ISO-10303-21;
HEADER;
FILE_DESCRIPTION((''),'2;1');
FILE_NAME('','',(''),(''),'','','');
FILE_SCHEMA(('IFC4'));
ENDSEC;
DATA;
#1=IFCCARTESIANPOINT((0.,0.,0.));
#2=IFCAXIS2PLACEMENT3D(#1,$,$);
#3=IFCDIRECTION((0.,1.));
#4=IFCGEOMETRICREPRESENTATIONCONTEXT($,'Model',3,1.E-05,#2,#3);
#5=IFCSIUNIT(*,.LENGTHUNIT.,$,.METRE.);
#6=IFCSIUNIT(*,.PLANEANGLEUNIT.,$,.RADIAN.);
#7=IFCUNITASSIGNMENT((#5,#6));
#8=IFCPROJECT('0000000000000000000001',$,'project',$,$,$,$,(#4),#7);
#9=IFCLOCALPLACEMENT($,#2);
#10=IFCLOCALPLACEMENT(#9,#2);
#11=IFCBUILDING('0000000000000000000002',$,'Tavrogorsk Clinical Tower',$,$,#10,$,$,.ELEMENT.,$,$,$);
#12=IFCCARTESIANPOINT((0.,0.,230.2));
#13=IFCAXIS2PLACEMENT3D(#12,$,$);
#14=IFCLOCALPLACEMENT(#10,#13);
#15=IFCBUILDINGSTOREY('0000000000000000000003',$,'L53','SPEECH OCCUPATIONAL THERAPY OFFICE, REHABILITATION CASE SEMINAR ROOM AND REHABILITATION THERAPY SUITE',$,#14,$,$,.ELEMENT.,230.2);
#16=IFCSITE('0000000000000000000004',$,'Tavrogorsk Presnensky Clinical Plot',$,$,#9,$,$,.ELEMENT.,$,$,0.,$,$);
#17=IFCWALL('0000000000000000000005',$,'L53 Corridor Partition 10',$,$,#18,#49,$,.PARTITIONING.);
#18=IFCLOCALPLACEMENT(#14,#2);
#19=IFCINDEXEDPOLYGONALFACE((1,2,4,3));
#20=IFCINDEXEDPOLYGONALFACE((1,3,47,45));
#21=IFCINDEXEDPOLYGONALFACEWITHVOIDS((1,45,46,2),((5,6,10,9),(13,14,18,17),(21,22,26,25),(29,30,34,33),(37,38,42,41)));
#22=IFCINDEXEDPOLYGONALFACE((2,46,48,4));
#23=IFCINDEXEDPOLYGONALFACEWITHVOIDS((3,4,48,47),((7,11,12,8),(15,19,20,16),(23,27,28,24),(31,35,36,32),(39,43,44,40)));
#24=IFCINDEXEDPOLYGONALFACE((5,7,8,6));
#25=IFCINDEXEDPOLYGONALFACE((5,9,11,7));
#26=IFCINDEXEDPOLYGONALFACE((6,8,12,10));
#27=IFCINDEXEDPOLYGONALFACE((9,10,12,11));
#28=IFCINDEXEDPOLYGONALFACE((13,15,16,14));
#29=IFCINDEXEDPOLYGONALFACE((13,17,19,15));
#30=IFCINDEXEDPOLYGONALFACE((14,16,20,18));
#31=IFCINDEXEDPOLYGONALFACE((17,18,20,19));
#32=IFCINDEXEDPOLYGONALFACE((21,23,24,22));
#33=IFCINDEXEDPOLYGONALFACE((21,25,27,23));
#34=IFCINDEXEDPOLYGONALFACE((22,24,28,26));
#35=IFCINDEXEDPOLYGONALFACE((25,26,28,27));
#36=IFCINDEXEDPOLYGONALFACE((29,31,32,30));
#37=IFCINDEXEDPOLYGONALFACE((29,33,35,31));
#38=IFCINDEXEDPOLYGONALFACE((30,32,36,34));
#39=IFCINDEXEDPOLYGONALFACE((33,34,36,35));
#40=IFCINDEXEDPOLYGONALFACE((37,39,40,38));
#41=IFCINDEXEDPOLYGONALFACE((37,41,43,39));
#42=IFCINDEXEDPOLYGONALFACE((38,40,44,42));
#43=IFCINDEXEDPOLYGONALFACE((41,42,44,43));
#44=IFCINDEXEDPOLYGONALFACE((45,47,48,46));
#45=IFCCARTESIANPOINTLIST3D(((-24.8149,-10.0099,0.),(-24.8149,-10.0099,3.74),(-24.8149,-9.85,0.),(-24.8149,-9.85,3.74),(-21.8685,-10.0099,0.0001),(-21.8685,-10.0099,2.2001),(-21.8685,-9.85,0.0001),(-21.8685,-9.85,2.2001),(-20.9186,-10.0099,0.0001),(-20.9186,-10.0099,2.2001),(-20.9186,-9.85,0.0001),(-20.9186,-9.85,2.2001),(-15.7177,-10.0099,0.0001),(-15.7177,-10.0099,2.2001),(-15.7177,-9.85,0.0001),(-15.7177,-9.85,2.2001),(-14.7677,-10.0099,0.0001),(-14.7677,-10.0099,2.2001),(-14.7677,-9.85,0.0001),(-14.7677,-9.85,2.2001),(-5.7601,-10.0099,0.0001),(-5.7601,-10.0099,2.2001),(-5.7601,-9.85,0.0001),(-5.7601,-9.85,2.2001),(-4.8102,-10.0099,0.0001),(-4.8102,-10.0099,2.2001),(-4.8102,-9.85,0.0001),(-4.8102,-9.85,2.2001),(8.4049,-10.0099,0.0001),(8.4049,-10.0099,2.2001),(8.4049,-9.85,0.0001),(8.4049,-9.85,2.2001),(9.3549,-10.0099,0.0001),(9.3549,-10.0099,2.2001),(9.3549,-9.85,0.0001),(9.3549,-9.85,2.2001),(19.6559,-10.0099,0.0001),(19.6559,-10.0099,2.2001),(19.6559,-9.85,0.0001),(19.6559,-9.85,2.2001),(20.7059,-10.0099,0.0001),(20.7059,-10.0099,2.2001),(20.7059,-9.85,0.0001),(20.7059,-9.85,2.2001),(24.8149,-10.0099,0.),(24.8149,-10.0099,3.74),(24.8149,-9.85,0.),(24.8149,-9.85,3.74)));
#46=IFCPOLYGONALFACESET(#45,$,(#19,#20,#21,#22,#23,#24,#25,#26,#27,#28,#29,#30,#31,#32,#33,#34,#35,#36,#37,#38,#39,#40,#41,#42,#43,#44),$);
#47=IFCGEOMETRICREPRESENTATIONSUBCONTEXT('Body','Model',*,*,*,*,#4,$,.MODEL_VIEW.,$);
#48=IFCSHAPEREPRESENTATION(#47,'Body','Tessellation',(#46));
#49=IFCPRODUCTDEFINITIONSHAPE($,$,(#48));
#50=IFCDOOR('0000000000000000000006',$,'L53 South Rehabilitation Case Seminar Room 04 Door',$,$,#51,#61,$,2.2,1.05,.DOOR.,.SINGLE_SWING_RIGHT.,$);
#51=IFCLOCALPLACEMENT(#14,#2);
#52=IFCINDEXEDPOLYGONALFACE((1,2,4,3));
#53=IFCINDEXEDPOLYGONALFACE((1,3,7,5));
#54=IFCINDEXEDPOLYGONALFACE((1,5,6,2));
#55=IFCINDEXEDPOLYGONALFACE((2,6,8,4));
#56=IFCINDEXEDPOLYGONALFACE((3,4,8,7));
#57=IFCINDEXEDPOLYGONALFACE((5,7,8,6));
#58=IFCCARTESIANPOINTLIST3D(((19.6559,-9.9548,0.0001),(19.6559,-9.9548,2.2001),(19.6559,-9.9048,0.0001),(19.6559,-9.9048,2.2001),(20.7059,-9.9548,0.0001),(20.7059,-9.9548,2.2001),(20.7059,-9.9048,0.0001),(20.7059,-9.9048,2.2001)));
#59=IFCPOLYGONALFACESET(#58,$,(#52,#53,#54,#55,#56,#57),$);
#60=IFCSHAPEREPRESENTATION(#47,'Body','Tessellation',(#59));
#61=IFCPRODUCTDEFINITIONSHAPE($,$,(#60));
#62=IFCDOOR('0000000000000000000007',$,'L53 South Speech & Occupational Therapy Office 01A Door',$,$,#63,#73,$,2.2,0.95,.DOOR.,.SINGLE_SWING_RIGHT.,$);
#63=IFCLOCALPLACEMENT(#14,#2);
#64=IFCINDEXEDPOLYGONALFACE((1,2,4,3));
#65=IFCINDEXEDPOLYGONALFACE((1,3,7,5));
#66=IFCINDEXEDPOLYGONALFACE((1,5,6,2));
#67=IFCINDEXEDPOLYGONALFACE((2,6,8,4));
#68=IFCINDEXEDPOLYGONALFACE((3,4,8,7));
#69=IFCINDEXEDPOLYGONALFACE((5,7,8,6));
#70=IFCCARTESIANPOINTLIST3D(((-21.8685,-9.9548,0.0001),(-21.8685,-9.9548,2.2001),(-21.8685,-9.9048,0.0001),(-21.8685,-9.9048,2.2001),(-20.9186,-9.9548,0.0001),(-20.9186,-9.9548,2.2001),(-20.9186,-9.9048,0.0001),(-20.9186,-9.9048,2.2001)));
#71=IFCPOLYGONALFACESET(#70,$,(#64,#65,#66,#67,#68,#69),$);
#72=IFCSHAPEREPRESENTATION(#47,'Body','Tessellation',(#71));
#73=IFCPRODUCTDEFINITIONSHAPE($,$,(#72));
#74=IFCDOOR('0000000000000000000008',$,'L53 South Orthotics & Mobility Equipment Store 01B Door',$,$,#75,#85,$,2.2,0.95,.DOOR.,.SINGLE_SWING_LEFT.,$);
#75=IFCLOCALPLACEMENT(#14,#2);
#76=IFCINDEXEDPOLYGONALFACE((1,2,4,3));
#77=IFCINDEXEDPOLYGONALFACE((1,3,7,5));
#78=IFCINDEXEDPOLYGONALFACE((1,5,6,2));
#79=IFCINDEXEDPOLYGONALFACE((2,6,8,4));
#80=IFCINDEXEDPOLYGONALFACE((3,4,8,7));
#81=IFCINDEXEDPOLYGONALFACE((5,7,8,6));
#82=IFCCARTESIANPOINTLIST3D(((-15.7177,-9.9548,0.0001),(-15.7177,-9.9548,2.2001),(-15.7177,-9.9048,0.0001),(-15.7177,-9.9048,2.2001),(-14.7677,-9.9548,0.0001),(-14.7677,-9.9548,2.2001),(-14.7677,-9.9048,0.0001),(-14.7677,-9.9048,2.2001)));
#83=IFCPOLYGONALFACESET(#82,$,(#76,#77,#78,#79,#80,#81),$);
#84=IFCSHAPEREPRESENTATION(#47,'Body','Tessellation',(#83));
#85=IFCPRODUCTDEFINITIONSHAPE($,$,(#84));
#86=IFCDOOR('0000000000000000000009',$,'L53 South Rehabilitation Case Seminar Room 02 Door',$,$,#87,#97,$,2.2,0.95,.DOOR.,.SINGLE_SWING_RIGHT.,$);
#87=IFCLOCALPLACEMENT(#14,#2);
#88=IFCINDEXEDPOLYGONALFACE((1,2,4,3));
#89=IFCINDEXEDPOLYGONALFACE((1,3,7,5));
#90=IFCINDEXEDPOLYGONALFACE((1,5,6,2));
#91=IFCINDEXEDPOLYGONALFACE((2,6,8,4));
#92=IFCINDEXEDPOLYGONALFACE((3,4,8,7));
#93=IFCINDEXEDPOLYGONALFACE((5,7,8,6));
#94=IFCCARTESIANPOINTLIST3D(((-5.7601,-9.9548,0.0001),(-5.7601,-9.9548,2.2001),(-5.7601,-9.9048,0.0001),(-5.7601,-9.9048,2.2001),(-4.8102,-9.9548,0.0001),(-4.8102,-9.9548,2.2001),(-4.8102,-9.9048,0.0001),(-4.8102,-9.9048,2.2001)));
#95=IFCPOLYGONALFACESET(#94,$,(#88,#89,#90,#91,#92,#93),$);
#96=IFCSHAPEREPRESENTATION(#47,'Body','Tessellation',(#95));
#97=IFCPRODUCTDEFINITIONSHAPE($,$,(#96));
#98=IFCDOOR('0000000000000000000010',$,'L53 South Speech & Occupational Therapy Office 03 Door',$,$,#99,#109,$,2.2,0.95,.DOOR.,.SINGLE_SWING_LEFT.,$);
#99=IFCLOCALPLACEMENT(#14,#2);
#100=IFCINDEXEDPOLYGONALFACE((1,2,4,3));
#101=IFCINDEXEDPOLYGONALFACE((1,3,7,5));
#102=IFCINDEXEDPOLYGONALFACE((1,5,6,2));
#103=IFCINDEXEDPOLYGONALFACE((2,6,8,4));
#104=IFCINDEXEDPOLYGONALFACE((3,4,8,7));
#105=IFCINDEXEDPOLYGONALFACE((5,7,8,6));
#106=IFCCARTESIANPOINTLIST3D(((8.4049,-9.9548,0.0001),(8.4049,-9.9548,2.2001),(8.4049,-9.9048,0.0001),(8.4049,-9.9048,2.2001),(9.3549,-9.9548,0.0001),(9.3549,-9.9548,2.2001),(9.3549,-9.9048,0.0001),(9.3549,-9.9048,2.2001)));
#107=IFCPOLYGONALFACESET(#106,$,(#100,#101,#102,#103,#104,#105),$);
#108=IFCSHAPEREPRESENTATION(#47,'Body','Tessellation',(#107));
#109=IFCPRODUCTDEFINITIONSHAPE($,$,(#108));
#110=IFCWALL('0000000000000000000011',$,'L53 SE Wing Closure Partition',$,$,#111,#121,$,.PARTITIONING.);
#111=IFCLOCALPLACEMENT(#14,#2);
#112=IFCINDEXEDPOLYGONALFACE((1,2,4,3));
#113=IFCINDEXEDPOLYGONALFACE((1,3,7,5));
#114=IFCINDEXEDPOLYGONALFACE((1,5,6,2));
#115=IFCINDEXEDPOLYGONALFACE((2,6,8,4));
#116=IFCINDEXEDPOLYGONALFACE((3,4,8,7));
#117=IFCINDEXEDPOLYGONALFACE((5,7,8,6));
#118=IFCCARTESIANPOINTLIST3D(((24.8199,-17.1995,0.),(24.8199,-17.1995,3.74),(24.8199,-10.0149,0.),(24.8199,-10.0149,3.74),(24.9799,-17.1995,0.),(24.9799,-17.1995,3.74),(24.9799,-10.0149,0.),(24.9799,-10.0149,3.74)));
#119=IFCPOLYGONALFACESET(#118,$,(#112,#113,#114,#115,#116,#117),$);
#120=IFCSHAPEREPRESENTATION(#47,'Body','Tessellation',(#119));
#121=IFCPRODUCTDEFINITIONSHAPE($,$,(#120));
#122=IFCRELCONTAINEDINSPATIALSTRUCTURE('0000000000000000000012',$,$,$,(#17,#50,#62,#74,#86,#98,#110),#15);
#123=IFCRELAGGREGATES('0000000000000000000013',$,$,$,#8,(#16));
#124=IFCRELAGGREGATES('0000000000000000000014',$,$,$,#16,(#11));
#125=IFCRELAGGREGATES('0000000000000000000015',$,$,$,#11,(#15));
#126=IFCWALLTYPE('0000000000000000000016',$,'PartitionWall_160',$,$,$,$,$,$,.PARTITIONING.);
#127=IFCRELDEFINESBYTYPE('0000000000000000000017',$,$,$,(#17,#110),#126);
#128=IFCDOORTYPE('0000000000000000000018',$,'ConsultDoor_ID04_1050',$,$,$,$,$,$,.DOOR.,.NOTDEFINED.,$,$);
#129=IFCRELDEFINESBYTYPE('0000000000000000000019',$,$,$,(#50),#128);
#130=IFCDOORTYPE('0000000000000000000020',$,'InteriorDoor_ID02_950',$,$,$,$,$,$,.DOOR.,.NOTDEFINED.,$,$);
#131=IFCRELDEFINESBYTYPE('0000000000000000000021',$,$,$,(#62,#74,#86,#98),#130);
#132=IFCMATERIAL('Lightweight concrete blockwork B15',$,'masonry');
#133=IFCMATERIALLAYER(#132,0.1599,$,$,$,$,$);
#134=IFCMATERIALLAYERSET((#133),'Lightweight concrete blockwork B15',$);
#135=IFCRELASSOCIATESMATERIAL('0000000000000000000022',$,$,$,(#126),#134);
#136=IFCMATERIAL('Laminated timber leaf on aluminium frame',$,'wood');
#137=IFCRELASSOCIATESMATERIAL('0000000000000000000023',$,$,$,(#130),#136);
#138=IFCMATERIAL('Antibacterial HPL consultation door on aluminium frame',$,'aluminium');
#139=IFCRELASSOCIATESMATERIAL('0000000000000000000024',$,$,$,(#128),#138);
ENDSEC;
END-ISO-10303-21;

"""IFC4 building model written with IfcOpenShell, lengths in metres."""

from ifc_helpers import new_model, si_unit, direction, frame, frame_2d, origin, place, context, subcontext, project, spatial, rectangle, extrude, material, layer, layer_set, type_object, element, fill, save


model = new_model("IFC4")

# Units and contexts
model_context = context("Model", 3, precision=1e-05, world=origin(), true_north=direction((0.0, 1.0)))
body_context = subcontext(model_context, "Body", "Model", "MODEL_VIEW")
ifc_project = project(units=[si_unit("LENGTHUNIT", "METRE"), si_unit("PLANEANGLEUNIT", "RADIAN")], contexts=[model_context])

# Site, building, storey
site_placement = place(None, origin())
site = spatial("IfcSite", under=ifc_project, at=site_placement, Name="Tavrogorsk Presnensky Clinical Plot", CompositionType="ELEMENT", RefElevation=0.0)
building_placement = place(site_placement, origin())
building = spatial("IfcBuilding", under=site, at=building_placement, Name="Tavrogorsk Clinical Tower", CompositionType="ELEMENT")
storey_placement = place(building_placement, frame((0.0, 0.0, 230.2)))
storey = spatial("IfcBuildingStorey", under=building, at=storey_placement, Name="L53", Description="SPEECH OCCUPATIONAL THERAPY OFFICE, REHABILITATION CASE SEMINAR ROOM AND REHABILITATION THERAPY SUITE", CompositionType="ELEMENT", Elevation=230.2)

# Shared definitions
ifc_material_1 = material(Name="Lightweight concrete blockwork B15", Category="masonry")
ifc_layer_1 = layer(ifc_material_1, 0.1599)
ifc_layer_set_1 = layer_set([ifc_layer_1], Name="Lightweight concrete blockwork B15")
wall_type_1 = type_object("IfcWallType", Name="PartitionWall_160", PredefinedType="PARTITIONING", material=ifc_layer_set_1)

# Shared definitions
ifc_material_2 = material(Name="Laminated timber leaf on aluminium frame", Category="wood")
door_type_1 = type_object("IfcDoorType", Name="InteriorDoor_ID02_950", OperationType="NOTDEFINED", PredefinedType="DOOR", material=ifc_material_2)

# Wall, openings, doors
wall_1_placement = place(storey_placement, frame((24.8149, -9.9299, 0.0), z_axis=(0.0, 0.0, 1.0), x_axis=(-1.0, 0.0, 0.0)))
wall_1 = element("IfcWall", 1, at=wall_1_placement, inside=storey, type_object=wall_type_1, Name="L53 Corridor Partition 10", PredefinedType="PARTITIONING", context=body_context, shape_type="SweptSolid", body=[
    extrude(rectangle(XDim=49.6299, YDim=0.1599, at=frame_2d((24.8149, 0.0))), origin(), (0.0, 0.0, 1.0), 3.74),
])
opening_1_placement = place(wall_1_placement, frame((45.7334, 0.0, 0.0)))
opening_1 = element("IfcOpeningElement", 2, at=opening_1_placement, cuts=wall_1, PredefinedType="OPENING", context=body_context, shape_type="SweptSolid", body=[
    extrude(rectangle(XDim=0.95, YDim=2.2, at=frame_2d((0.4751, 1.1001))), frame((0.0, 0.0898, 0.0), z_axis=(0.0, -1.0, 0.0), x_axis=(1.0, 0.0, 0.0)), (0.0, 0.0, 1.0), 0.1799),
])
opening_2_placement = place(wall_1_placement, frame((39.5825, 0.0, 0.0)))
opening_2 = element("IfcOpeningElement", 3, at=opening_2_placement, cuts=wall_1, PredefinedType="OPENING", context=body_context, shape_type="SweptSolid", body=[
    extrude(rectangle(XDim=0.95, YDim=2.2, at=frame_2d((0.4751, 1.1001))), frame((0.0, 0.0898, 0.0), z_axis=(0.0, -1.0, 0.0), x_axis=(1.0, 0.0, 0.0)), (0.0, 0.0, 1.0), 0.1799),
])
opening_3_placement = place(wall_1_placement, frame((29.625, 0.0, 0.0)))
opening_3 = element("IfcOpeningElement", 4, at=opening_3_placement, cuts=wall_1, PredefinedType="OPENING", context=body_context, shape_type="SweptSolid", body=[
    extrude(rectangle(XDim=0.95, YDim=2.2, at=frame_2d((0.4751, 1.1001))), frame((0.0, 0.0898, 0.0), z_axis=(0.0, -1.0, 0.0), x_axis=(1.0, 0.0, 0.0)), (0.0, 0.0, 1.0), 0.1799),
])
opening_4_placement = place(wall_1_placement, frame((15.46, 0.0, 0.0)))
opening_4 = element("IfcOpeningElement", 5, at=opening_4_placement, cuts=wall_1, PredefinedType="OPENING", context=body_context, shape_type="SweptSolid", body=[
    extrude(rectangle(XDim=0.95, YDim=2.2, at=frame_2d((0.4751, 1.1001))), frame((0.0, 0.0898, 0.0), z_axis=(0.0, -1.0, 0.0), x_axis=(1.0, 0.0, 0.0)), (0.0, 0.0, 1.0), 0.1799),
])
opening_5_placement = place(wall_1_placement, frame((4.1091, 0.0, 0.0)))
opening_5 = element("IfcOpeningElement", 6, at=opening_5_placement, cuts=wall_1, PredefinedType="OPENING", context=body_context, shape_type="SweptSolid", body=[
    extrude(rectangle(XDim=1.05, YDim=2.2, at=frame_2d((0.5249, 1.1001))), frame((0.0, 0.0898, 0.0), z_axis=(0.0, -1.0, 0.0), x_axis=(1.0, 0.0, 0.0)), (0.0, 0.0, 1.0), 0.1799),
])
ifc_material_3 = material(Name="Antibacterial HPL consultation door on aluminium frame", Category="aluminium")
door_type_2 = type_object("IfcDoorType", Name="ConsultDoor_ID04_1050", OperationType="NOTDEFINED", PredefinedType="DOOR", material=ifc_material_3)
door_1_placement = place(opening_5_placement, origin())
door_1 = element("IfcDoor", 7, at=door_1_placement, inside=storey, type_object=door_type_2, Name="L53 South Rehabilitation Case Seminar Room 04 Door", OperationType="SINGLE_SWING_RIGHT", OverallHeight=2.2, OverallWidth=1.05, PredefinedType="DOOR", context=body_context, shape_type="SweptSolid", body=[
    extrude(rectangle(XDim=1.05, YDim=2.2, at=frame_2d((0.5249, 1.1001))), frame((0.0, 0.0249, 0.0), z_axis=(0.0, -1.0, 0.0), x_axis=(1.0, 0.0, 0.0)), (0.0, 0.0, 1.0), 0.05),
])
fill(opening_5, door_1)
door_2_placement = place(opening_1_placement, origin())
door_2 = element("IfcDoor", 8, at=door_2_placement, inside=storey, type_object=door_type_1, Name="L53 South Speech & Occupational Therapy Office 01A Door", OperationType="SINGLE_SWING_RIGHT", OverallHeight=2.2, OverallWidth=0.95, PredefinedType="DOOR", context=body_context, shape_type="SweptSolid", body=[
    extrude(rectangle(XDim=0.95, YDim=2.2, at=frame_2d((0.4751, 1.1001))), frame((0.0, 0.0249, 0.0), z_axis=(0.0, -1.0, 0.0), x_axis=(1.0, 0.0, 0.0)), (0.0, 0.0, 1.0), 0.05),
])
fill(opening_1, door_2)
door_3_placement = place(opening_2_placement, origin())
door_3 = element("IfcDoor", 9, at=door_3_placement, inside=storey, type_object=door_type_1, Name="L53 South Orthotics & Mobility Equipment Store 01B Door", OperationType="SINGLE_SWING_LEFT", OverallHeight=2.2, OverallWidth=0.95, PredefinedType="DOOR", context=body_context, shape_type="SweptSolid", body=[
    extrude(rectangle(XDim=0.95, YDim=2.2, at=frame_2d((0.4751, 1.1001))), frame((0.0, 0.0249, 0.0), z_axis=(0.0, -1.0, 0.0), x_axis=(1.0, 0.0, 0.0)), (0.0, 0.0, 1.0), 0.05),
])
fill(opening_2, door_3)
door_4_placement = place(opening_3_placement, origin())
door_4 = element("IfcDoor", 10, at=door_4_placement, inside=storey, type_object=door_type_1, Name="L53 South Rehabilitation Case Seminar Room 02 Door", OperationType="SINGLE_SWING_RIGHT", OverallHeight=2.2, OverallWidth=0.95, PredefinedType="DOOR", context=body_context, shape_type="SweptSolid", body=[
    extrude(rectangle(XDim=0.95, YDim=2.2, at=frame_2d((0.4751, 1.1001))), frame((0.0, 0.0249, 0.0), z_axis=(0.0, -1.0, 0.0), x_axis=(1.0, 0.0, 0.0)), (0.0, 0.0, 1.0), 0.05),
])
fill(opening_3, door_4)
door_5_placement = place(opening_4_placement, origin())
door_5 = element("IfcDoor", 11, at=door_5_placement, inside=storey, type_object=door_type_1, Name="L53 South Speech & Occupational Therapy Office 03 Door", OperationType="SINGLE_SWING_LEFT", OverallHeight=2.2, OverallWidth=0.95, PredefinedType="DOOR", context=body_context, shape_type="SweptSolid", body=[
    extrude(rectangle(XDim=0.95, YDim=2.2, at=frame_2d((0.4751, 1.1001))), frame((0.0, 0.0249, 0.0), z_axis=(0.0, -1.0, 0.0), x_axis=(1.0, 0.0, 0.0)), (0.0, 0.0, 1.0), 0.05),
])
fill(opening_4, door_5)

# Wall
wall_2_placement = place(storey_placement, frame((24.8999, -17.1995, 0.0), z_axis=(0.0, 0.0, 1.0), x_axis=(0.0, 1.0, 0.0)))
element("IfcWall", 12, at=wall_2_placement, inside=storey, type_object=wall_type_1, Name="L53 SE Wing Closure Partition", PredefinedType="PARTITIONING", context=body_context, shape_type="SweptSolid", body=[
    extrude(rectangle(XDim=7.1846, YDim=0.1599, at=frame_2d((3.5923, 0.0))), origin(), (0.0, 0.0, 1.0), 3.74),
])

save(model, "model.ifc")
